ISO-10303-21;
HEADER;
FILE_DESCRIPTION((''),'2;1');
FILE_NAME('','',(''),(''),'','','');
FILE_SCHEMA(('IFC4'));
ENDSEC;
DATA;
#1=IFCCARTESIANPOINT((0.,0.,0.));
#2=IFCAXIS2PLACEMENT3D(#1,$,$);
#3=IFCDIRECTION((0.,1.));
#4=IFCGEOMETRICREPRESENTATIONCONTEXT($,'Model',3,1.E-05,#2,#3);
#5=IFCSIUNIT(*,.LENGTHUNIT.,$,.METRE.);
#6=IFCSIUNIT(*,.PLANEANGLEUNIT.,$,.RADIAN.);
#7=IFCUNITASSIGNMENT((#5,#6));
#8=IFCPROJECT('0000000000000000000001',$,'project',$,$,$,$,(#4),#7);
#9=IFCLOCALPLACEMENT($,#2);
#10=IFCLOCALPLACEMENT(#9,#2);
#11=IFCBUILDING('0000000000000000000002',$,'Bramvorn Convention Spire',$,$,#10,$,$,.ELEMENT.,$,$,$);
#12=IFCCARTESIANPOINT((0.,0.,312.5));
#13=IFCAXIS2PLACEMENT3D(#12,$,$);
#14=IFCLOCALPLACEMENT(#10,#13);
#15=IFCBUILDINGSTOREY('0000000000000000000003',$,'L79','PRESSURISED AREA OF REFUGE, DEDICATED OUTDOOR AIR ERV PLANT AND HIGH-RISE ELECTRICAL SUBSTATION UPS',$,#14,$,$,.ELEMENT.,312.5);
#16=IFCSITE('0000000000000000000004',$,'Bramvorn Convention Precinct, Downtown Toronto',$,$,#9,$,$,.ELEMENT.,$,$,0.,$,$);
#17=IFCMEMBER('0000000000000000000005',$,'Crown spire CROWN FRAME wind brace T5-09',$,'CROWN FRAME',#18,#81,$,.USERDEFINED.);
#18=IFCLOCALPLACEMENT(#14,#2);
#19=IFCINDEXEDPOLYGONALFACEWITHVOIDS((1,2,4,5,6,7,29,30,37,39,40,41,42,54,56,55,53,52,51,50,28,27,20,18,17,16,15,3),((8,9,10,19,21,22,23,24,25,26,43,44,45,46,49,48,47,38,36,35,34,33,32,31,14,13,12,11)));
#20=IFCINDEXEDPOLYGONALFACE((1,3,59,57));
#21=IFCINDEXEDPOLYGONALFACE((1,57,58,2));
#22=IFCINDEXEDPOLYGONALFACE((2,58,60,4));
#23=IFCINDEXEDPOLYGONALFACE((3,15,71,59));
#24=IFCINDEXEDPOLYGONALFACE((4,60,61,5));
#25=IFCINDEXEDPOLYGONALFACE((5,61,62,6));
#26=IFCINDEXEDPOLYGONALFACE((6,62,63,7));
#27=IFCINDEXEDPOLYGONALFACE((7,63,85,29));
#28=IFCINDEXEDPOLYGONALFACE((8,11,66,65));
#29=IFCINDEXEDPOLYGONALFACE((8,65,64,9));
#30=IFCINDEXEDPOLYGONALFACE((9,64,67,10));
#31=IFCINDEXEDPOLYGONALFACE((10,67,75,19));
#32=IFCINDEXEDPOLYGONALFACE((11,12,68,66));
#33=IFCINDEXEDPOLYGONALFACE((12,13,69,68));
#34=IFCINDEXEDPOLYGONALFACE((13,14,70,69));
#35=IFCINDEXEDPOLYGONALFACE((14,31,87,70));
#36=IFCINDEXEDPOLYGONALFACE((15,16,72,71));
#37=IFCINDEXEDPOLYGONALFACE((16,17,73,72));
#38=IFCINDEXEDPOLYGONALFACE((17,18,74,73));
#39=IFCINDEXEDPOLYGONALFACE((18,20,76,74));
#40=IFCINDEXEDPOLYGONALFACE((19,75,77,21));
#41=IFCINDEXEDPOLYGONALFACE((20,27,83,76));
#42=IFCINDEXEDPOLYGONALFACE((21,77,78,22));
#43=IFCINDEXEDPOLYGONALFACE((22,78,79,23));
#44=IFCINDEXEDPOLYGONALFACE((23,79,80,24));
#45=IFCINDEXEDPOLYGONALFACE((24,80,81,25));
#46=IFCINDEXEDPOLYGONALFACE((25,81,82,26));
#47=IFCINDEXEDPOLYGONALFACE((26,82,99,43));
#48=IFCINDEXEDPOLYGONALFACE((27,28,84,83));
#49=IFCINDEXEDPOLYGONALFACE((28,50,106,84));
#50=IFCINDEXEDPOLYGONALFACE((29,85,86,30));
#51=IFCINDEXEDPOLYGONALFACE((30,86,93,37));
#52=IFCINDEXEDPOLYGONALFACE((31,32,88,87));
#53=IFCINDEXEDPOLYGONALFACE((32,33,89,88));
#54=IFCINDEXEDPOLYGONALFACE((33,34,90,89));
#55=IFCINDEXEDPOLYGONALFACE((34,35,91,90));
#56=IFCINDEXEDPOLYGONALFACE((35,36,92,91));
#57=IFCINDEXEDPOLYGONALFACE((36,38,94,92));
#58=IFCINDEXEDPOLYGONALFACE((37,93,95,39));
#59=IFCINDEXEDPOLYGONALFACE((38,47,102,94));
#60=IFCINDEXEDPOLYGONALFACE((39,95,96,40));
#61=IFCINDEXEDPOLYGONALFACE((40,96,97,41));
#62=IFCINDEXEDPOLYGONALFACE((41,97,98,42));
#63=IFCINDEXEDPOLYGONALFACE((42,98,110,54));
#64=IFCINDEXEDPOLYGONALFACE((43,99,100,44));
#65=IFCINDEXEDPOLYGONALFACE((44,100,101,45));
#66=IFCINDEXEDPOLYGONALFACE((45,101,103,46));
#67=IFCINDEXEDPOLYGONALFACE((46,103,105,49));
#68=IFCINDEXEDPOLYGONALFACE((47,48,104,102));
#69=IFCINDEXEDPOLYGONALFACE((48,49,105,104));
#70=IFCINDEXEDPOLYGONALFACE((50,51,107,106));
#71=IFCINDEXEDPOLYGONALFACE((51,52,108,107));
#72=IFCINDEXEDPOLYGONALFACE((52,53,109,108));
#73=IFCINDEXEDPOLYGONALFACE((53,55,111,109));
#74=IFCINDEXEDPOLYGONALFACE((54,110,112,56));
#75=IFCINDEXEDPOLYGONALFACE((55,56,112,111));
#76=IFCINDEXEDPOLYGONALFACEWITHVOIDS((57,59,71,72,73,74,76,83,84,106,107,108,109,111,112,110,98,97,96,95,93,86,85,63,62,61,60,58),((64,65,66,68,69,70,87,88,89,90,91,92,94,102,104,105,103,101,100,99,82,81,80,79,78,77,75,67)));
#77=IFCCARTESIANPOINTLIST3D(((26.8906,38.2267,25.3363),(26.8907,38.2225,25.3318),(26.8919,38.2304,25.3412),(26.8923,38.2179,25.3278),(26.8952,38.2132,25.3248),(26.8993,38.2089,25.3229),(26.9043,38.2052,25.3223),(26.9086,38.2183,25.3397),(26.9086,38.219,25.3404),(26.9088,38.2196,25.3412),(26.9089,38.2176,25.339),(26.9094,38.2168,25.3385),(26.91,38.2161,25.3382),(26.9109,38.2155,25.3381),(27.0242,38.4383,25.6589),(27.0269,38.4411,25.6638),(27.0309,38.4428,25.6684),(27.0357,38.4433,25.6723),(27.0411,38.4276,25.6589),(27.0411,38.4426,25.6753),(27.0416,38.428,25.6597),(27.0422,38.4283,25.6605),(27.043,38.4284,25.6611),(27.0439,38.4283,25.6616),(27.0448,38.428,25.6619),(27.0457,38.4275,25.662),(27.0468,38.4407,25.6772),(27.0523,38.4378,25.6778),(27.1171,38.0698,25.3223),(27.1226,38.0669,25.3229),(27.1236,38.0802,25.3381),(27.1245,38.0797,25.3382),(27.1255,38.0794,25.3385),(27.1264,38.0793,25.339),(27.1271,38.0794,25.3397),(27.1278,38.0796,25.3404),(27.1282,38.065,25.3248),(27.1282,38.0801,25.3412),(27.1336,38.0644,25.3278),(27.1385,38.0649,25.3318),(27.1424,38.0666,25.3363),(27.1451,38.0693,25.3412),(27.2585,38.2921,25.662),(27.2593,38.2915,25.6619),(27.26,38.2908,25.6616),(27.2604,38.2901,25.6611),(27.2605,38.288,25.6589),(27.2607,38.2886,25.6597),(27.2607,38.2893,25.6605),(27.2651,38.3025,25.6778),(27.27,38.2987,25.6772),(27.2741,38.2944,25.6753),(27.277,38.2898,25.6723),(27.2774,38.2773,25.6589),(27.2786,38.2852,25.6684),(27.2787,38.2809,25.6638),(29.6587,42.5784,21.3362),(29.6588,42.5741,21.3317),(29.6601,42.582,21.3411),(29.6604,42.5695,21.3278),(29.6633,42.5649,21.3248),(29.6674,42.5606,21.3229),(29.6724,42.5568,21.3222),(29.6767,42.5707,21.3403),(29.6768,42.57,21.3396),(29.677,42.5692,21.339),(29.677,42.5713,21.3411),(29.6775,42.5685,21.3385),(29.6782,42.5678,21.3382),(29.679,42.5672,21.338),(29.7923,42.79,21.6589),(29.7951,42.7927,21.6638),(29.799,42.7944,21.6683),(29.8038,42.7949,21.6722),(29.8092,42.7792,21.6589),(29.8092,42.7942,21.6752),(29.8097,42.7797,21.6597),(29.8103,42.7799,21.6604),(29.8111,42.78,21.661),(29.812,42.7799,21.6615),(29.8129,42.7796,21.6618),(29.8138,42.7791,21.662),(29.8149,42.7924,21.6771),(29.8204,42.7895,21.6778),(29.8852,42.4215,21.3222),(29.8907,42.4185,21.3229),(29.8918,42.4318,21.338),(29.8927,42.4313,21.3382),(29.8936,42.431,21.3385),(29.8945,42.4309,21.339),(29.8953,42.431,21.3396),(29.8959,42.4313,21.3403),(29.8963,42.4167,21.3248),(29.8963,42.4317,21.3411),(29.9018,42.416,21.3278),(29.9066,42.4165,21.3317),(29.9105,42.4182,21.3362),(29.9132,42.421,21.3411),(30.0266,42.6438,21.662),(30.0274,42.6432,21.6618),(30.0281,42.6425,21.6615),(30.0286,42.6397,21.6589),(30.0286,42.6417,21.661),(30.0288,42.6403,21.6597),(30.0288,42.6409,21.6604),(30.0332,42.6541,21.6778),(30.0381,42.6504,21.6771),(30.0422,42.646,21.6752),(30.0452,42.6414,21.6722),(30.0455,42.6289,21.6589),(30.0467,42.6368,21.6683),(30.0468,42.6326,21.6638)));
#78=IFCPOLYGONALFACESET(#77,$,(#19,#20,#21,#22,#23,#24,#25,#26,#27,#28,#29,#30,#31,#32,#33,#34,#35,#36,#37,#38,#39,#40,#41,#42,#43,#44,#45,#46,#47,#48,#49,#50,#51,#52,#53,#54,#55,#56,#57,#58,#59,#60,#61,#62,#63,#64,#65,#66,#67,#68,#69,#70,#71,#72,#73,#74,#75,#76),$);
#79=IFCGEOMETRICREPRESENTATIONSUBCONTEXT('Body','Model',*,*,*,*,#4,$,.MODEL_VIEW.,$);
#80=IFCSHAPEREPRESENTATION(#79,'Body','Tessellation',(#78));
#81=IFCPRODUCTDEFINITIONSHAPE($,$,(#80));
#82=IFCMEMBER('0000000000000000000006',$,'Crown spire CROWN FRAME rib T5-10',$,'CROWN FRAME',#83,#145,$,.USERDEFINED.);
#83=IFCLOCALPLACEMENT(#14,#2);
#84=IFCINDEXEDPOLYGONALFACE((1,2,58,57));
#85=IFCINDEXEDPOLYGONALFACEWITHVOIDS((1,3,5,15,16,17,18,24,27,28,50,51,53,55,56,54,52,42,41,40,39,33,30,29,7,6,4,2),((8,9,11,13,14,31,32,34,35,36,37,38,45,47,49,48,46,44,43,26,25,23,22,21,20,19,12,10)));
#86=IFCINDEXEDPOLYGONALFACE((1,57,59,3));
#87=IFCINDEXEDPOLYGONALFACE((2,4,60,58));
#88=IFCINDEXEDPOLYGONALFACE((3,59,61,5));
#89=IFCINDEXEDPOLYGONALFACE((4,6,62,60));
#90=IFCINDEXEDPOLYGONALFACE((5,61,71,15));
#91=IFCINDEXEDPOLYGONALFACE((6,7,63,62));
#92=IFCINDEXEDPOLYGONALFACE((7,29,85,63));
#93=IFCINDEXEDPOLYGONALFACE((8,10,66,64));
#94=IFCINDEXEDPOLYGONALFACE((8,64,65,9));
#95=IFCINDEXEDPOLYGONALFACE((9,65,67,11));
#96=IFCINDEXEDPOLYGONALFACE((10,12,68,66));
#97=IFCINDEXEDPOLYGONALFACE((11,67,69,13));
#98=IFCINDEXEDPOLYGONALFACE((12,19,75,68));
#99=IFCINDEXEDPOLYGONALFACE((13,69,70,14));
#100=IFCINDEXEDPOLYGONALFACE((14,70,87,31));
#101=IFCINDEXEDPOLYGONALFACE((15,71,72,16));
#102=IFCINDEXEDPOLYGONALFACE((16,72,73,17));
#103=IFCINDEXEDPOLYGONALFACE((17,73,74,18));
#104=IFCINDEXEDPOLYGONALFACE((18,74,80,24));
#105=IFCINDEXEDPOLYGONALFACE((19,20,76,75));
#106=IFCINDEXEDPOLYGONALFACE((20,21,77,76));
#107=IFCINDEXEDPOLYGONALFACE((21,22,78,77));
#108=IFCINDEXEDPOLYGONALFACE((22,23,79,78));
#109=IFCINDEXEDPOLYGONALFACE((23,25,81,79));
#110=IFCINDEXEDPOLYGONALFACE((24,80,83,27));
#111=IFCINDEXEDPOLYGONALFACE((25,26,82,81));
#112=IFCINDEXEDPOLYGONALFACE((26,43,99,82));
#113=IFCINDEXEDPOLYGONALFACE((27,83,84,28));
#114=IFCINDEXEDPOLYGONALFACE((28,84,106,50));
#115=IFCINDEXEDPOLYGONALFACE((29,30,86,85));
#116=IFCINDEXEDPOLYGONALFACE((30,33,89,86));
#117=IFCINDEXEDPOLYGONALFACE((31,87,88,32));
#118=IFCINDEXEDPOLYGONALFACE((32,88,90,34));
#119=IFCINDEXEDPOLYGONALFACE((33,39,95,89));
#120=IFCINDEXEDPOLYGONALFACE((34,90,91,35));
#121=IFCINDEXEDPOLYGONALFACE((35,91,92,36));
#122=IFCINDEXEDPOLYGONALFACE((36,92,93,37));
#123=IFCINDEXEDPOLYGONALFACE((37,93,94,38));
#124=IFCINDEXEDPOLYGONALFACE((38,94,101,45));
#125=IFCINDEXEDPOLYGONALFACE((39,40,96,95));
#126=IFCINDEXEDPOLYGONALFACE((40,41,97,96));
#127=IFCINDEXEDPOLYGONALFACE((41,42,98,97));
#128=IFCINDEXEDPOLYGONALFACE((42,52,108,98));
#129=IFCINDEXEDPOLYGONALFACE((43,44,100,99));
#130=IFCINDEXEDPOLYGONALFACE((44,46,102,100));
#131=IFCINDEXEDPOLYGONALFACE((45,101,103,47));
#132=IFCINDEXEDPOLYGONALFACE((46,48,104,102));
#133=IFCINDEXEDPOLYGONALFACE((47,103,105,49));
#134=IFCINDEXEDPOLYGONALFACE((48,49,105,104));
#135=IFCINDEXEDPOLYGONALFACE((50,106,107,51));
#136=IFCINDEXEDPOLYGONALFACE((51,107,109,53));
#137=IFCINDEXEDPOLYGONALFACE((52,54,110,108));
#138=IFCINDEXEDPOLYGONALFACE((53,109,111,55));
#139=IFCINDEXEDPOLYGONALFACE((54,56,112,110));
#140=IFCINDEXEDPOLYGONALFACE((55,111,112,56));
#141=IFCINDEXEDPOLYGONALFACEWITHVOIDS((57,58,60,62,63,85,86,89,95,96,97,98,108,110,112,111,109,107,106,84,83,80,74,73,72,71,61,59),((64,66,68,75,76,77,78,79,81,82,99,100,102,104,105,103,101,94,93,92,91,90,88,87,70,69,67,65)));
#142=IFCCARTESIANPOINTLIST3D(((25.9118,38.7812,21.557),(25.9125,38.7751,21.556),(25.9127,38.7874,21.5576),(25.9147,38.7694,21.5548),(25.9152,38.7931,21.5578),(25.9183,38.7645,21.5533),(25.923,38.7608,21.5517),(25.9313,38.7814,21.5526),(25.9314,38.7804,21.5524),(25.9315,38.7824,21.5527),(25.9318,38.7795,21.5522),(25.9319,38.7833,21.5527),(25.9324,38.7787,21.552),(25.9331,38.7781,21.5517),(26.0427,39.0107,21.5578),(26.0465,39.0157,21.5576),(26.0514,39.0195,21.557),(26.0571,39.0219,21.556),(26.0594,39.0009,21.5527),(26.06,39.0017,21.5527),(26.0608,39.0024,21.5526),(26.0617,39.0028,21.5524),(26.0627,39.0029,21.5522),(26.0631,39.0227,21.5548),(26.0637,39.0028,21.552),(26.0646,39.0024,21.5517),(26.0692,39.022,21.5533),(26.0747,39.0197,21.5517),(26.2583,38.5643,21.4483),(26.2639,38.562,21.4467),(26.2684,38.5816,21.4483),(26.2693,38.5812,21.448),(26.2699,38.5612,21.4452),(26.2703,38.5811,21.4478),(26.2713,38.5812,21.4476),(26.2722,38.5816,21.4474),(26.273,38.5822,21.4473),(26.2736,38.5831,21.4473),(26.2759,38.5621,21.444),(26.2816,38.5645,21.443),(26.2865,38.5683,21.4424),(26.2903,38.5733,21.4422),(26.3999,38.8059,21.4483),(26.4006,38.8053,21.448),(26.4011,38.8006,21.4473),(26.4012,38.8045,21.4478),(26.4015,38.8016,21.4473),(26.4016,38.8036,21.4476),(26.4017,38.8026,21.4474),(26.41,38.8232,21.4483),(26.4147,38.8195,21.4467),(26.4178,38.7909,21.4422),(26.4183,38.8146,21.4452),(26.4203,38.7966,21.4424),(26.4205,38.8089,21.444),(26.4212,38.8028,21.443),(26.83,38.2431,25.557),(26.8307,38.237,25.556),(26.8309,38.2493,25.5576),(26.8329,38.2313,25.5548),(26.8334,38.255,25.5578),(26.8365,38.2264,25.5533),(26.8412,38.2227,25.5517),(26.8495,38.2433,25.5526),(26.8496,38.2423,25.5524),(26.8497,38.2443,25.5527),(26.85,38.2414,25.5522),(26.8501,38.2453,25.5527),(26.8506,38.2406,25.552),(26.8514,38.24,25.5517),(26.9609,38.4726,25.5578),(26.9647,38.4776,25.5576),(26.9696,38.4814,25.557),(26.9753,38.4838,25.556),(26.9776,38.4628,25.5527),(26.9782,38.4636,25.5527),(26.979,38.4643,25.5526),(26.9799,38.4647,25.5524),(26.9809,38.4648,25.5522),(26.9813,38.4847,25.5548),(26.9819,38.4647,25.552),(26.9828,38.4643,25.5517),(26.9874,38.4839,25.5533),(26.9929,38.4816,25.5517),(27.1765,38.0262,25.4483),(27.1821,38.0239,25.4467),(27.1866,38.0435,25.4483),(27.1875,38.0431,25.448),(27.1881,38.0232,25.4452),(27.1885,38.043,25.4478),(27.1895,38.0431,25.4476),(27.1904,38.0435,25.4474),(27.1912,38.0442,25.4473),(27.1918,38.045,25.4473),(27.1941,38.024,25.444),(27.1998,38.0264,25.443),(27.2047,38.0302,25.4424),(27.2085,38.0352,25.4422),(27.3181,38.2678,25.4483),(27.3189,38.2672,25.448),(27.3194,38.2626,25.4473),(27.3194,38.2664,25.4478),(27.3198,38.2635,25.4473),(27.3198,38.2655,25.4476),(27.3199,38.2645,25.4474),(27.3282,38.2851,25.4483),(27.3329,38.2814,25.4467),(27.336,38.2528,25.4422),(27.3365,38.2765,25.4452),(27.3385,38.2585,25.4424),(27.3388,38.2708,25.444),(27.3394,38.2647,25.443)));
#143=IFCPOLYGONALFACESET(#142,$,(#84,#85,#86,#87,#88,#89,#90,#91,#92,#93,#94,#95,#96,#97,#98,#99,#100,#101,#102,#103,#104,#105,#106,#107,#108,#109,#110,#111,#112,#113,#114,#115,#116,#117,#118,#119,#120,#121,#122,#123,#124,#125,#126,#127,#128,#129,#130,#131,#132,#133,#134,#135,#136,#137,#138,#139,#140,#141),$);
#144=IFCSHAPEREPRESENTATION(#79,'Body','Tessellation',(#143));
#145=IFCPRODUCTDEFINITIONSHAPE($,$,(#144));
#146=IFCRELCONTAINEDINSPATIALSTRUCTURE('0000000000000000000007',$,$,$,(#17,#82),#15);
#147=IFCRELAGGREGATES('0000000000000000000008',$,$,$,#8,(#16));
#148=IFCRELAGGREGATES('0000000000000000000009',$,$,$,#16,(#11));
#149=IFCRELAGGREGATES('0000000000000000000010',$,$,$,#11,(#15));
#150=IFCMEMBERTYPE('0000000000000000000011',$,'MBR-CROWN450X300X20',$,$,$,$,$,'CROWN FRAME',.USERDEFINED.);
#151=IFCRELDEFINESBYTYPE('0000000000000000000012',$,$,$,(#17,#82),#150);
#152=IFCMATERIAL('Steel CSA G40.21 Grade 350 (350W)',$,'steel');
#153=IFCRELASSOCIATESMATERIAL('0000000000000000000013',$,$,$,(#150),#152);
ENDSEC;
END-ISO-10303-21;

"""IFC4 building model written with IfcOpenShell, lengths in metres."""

from ifc_helpers import new_model, si_unit, direction, frame, origin, origin_2d, place, context, subcontext, project, spatial, hollow_rectangle, extrude, material, material_profile, profile_set, type_object, element, save


model = new_model("IFC4")

# Units and contexts
model_context = context("Model", 3, precision=1e-05, world=origin(), true_north=direction((0.0, 1.0)))
body_context = subcontext(model_context, "Body", "Model", "MODEL_VIEW")
ifc_project = project(units=[si_unit("LENGTHUNIT", "METRE"), si_unit("PLANEANGLEUNIT", "RADIAN")], contexts=[model_context])

# Site, building, storey
site_placement = place(None, origin())
site = spatial("IfcSite", under=ifc_project, at=site_placement, Name="Bramvorn Convention Precinct, Downtown Toronto", CompositionType="ELEMENT", RefElevation=0.0)
building_placement = place(site_placement, origin())
building = spatial("IfcBuilding", under=site, at=building_placement, Name="Bramvorn Convention Spire", CompositionType="ELEMENT")
storey_placement = place(building_placement, frame((0.0, 0.0, 312.5)))
storey = spatial("IfcBuildingStorey", under=building, at=storey_placement, Name="L79", Description="PRESSURISED AREA OF REFUGE, DEDICATED OUTDOOR AIR ERV PLANT AND HIGH-RISE ELECTRICAL SUBSTATION UPS", CompositionType="ELEMENT", Elevation=312.5)

# Members
ifc_material_1 = material(Name="Steel CSA G40.21 Grade 350 (350W)", Category="steel")
ifc_material_profile = material_profile(ifc_material_1, hollow_rectangle(XDim=0.3, YDim=0.45, WallThickness=0.02, InnerFilletRadius=0.0039, OuterFilletRadius=0.0239, at=origin_2d()))
ifc_profile_set = profile_set([ifc_material_profile], Name="Steel CSA G40.21 Grade 350 (350W) - CROWN450X300X20")
member_type = type_object("IfcMemberType", Name="MBR-CROWN450X300X20", ElementType="CROWN FRAME", PredefinedType="USERDEFINED", material=ifc_profile_set)
member_1_placement = place(storey_placement, frame((29.8528, 42.6055, 21.5), z_axis=(-0.424112, -0.666729, 0.612864), x_axis=(0.843759, -0.536722, 0.0)))
element("IfcMember", 1, at=member_1_placement, inside=storey, type_object=member_type, Name="Crown spire CROWN FRAME wind brace T5-09", ObjectType="CROWN FRAME", PredefinedType="USERDEFINED", context=body_context, shape_type="SweptSolid", body=[
    extrude(hollow_rectangle(XDim=0.3, YDim=0.45, WallThickness=0.02, InnerFilletRadius=0.0039, OuterFilletRadius=0.0239, at=origin_2d()), origin(), (0.0, 0.0, 1.0), 6.5269),
])
member_2_placement = place(storey_placement, frame((26.1665, 38.792, 21.5), z_axis=(0.221836, -0.129999, 0.966379), x_axis=(0.505596, 0.86277, 0.0)))
element("IfcMember", 2, at=member_2_placement, inside=storey, type_object=member_type, Name="Crown spire CROWN FRAME rib T5-10", ObjectType="CROWN FRAME", PredefinedType="USERDEFINED", context=body_context, shape_type="SweptSolid", body=[
    extrude(hollow_rectangle(XDim=0.3, YDim=0.45, WallThickness=0.02, InnerFilletRadius=0.0039, OuterFilletRadius=0.0239, at=origin_2d()), origin(), (0.0, 0.0, 1.0), 4.1392),
])

save(model, "model.ifc")
